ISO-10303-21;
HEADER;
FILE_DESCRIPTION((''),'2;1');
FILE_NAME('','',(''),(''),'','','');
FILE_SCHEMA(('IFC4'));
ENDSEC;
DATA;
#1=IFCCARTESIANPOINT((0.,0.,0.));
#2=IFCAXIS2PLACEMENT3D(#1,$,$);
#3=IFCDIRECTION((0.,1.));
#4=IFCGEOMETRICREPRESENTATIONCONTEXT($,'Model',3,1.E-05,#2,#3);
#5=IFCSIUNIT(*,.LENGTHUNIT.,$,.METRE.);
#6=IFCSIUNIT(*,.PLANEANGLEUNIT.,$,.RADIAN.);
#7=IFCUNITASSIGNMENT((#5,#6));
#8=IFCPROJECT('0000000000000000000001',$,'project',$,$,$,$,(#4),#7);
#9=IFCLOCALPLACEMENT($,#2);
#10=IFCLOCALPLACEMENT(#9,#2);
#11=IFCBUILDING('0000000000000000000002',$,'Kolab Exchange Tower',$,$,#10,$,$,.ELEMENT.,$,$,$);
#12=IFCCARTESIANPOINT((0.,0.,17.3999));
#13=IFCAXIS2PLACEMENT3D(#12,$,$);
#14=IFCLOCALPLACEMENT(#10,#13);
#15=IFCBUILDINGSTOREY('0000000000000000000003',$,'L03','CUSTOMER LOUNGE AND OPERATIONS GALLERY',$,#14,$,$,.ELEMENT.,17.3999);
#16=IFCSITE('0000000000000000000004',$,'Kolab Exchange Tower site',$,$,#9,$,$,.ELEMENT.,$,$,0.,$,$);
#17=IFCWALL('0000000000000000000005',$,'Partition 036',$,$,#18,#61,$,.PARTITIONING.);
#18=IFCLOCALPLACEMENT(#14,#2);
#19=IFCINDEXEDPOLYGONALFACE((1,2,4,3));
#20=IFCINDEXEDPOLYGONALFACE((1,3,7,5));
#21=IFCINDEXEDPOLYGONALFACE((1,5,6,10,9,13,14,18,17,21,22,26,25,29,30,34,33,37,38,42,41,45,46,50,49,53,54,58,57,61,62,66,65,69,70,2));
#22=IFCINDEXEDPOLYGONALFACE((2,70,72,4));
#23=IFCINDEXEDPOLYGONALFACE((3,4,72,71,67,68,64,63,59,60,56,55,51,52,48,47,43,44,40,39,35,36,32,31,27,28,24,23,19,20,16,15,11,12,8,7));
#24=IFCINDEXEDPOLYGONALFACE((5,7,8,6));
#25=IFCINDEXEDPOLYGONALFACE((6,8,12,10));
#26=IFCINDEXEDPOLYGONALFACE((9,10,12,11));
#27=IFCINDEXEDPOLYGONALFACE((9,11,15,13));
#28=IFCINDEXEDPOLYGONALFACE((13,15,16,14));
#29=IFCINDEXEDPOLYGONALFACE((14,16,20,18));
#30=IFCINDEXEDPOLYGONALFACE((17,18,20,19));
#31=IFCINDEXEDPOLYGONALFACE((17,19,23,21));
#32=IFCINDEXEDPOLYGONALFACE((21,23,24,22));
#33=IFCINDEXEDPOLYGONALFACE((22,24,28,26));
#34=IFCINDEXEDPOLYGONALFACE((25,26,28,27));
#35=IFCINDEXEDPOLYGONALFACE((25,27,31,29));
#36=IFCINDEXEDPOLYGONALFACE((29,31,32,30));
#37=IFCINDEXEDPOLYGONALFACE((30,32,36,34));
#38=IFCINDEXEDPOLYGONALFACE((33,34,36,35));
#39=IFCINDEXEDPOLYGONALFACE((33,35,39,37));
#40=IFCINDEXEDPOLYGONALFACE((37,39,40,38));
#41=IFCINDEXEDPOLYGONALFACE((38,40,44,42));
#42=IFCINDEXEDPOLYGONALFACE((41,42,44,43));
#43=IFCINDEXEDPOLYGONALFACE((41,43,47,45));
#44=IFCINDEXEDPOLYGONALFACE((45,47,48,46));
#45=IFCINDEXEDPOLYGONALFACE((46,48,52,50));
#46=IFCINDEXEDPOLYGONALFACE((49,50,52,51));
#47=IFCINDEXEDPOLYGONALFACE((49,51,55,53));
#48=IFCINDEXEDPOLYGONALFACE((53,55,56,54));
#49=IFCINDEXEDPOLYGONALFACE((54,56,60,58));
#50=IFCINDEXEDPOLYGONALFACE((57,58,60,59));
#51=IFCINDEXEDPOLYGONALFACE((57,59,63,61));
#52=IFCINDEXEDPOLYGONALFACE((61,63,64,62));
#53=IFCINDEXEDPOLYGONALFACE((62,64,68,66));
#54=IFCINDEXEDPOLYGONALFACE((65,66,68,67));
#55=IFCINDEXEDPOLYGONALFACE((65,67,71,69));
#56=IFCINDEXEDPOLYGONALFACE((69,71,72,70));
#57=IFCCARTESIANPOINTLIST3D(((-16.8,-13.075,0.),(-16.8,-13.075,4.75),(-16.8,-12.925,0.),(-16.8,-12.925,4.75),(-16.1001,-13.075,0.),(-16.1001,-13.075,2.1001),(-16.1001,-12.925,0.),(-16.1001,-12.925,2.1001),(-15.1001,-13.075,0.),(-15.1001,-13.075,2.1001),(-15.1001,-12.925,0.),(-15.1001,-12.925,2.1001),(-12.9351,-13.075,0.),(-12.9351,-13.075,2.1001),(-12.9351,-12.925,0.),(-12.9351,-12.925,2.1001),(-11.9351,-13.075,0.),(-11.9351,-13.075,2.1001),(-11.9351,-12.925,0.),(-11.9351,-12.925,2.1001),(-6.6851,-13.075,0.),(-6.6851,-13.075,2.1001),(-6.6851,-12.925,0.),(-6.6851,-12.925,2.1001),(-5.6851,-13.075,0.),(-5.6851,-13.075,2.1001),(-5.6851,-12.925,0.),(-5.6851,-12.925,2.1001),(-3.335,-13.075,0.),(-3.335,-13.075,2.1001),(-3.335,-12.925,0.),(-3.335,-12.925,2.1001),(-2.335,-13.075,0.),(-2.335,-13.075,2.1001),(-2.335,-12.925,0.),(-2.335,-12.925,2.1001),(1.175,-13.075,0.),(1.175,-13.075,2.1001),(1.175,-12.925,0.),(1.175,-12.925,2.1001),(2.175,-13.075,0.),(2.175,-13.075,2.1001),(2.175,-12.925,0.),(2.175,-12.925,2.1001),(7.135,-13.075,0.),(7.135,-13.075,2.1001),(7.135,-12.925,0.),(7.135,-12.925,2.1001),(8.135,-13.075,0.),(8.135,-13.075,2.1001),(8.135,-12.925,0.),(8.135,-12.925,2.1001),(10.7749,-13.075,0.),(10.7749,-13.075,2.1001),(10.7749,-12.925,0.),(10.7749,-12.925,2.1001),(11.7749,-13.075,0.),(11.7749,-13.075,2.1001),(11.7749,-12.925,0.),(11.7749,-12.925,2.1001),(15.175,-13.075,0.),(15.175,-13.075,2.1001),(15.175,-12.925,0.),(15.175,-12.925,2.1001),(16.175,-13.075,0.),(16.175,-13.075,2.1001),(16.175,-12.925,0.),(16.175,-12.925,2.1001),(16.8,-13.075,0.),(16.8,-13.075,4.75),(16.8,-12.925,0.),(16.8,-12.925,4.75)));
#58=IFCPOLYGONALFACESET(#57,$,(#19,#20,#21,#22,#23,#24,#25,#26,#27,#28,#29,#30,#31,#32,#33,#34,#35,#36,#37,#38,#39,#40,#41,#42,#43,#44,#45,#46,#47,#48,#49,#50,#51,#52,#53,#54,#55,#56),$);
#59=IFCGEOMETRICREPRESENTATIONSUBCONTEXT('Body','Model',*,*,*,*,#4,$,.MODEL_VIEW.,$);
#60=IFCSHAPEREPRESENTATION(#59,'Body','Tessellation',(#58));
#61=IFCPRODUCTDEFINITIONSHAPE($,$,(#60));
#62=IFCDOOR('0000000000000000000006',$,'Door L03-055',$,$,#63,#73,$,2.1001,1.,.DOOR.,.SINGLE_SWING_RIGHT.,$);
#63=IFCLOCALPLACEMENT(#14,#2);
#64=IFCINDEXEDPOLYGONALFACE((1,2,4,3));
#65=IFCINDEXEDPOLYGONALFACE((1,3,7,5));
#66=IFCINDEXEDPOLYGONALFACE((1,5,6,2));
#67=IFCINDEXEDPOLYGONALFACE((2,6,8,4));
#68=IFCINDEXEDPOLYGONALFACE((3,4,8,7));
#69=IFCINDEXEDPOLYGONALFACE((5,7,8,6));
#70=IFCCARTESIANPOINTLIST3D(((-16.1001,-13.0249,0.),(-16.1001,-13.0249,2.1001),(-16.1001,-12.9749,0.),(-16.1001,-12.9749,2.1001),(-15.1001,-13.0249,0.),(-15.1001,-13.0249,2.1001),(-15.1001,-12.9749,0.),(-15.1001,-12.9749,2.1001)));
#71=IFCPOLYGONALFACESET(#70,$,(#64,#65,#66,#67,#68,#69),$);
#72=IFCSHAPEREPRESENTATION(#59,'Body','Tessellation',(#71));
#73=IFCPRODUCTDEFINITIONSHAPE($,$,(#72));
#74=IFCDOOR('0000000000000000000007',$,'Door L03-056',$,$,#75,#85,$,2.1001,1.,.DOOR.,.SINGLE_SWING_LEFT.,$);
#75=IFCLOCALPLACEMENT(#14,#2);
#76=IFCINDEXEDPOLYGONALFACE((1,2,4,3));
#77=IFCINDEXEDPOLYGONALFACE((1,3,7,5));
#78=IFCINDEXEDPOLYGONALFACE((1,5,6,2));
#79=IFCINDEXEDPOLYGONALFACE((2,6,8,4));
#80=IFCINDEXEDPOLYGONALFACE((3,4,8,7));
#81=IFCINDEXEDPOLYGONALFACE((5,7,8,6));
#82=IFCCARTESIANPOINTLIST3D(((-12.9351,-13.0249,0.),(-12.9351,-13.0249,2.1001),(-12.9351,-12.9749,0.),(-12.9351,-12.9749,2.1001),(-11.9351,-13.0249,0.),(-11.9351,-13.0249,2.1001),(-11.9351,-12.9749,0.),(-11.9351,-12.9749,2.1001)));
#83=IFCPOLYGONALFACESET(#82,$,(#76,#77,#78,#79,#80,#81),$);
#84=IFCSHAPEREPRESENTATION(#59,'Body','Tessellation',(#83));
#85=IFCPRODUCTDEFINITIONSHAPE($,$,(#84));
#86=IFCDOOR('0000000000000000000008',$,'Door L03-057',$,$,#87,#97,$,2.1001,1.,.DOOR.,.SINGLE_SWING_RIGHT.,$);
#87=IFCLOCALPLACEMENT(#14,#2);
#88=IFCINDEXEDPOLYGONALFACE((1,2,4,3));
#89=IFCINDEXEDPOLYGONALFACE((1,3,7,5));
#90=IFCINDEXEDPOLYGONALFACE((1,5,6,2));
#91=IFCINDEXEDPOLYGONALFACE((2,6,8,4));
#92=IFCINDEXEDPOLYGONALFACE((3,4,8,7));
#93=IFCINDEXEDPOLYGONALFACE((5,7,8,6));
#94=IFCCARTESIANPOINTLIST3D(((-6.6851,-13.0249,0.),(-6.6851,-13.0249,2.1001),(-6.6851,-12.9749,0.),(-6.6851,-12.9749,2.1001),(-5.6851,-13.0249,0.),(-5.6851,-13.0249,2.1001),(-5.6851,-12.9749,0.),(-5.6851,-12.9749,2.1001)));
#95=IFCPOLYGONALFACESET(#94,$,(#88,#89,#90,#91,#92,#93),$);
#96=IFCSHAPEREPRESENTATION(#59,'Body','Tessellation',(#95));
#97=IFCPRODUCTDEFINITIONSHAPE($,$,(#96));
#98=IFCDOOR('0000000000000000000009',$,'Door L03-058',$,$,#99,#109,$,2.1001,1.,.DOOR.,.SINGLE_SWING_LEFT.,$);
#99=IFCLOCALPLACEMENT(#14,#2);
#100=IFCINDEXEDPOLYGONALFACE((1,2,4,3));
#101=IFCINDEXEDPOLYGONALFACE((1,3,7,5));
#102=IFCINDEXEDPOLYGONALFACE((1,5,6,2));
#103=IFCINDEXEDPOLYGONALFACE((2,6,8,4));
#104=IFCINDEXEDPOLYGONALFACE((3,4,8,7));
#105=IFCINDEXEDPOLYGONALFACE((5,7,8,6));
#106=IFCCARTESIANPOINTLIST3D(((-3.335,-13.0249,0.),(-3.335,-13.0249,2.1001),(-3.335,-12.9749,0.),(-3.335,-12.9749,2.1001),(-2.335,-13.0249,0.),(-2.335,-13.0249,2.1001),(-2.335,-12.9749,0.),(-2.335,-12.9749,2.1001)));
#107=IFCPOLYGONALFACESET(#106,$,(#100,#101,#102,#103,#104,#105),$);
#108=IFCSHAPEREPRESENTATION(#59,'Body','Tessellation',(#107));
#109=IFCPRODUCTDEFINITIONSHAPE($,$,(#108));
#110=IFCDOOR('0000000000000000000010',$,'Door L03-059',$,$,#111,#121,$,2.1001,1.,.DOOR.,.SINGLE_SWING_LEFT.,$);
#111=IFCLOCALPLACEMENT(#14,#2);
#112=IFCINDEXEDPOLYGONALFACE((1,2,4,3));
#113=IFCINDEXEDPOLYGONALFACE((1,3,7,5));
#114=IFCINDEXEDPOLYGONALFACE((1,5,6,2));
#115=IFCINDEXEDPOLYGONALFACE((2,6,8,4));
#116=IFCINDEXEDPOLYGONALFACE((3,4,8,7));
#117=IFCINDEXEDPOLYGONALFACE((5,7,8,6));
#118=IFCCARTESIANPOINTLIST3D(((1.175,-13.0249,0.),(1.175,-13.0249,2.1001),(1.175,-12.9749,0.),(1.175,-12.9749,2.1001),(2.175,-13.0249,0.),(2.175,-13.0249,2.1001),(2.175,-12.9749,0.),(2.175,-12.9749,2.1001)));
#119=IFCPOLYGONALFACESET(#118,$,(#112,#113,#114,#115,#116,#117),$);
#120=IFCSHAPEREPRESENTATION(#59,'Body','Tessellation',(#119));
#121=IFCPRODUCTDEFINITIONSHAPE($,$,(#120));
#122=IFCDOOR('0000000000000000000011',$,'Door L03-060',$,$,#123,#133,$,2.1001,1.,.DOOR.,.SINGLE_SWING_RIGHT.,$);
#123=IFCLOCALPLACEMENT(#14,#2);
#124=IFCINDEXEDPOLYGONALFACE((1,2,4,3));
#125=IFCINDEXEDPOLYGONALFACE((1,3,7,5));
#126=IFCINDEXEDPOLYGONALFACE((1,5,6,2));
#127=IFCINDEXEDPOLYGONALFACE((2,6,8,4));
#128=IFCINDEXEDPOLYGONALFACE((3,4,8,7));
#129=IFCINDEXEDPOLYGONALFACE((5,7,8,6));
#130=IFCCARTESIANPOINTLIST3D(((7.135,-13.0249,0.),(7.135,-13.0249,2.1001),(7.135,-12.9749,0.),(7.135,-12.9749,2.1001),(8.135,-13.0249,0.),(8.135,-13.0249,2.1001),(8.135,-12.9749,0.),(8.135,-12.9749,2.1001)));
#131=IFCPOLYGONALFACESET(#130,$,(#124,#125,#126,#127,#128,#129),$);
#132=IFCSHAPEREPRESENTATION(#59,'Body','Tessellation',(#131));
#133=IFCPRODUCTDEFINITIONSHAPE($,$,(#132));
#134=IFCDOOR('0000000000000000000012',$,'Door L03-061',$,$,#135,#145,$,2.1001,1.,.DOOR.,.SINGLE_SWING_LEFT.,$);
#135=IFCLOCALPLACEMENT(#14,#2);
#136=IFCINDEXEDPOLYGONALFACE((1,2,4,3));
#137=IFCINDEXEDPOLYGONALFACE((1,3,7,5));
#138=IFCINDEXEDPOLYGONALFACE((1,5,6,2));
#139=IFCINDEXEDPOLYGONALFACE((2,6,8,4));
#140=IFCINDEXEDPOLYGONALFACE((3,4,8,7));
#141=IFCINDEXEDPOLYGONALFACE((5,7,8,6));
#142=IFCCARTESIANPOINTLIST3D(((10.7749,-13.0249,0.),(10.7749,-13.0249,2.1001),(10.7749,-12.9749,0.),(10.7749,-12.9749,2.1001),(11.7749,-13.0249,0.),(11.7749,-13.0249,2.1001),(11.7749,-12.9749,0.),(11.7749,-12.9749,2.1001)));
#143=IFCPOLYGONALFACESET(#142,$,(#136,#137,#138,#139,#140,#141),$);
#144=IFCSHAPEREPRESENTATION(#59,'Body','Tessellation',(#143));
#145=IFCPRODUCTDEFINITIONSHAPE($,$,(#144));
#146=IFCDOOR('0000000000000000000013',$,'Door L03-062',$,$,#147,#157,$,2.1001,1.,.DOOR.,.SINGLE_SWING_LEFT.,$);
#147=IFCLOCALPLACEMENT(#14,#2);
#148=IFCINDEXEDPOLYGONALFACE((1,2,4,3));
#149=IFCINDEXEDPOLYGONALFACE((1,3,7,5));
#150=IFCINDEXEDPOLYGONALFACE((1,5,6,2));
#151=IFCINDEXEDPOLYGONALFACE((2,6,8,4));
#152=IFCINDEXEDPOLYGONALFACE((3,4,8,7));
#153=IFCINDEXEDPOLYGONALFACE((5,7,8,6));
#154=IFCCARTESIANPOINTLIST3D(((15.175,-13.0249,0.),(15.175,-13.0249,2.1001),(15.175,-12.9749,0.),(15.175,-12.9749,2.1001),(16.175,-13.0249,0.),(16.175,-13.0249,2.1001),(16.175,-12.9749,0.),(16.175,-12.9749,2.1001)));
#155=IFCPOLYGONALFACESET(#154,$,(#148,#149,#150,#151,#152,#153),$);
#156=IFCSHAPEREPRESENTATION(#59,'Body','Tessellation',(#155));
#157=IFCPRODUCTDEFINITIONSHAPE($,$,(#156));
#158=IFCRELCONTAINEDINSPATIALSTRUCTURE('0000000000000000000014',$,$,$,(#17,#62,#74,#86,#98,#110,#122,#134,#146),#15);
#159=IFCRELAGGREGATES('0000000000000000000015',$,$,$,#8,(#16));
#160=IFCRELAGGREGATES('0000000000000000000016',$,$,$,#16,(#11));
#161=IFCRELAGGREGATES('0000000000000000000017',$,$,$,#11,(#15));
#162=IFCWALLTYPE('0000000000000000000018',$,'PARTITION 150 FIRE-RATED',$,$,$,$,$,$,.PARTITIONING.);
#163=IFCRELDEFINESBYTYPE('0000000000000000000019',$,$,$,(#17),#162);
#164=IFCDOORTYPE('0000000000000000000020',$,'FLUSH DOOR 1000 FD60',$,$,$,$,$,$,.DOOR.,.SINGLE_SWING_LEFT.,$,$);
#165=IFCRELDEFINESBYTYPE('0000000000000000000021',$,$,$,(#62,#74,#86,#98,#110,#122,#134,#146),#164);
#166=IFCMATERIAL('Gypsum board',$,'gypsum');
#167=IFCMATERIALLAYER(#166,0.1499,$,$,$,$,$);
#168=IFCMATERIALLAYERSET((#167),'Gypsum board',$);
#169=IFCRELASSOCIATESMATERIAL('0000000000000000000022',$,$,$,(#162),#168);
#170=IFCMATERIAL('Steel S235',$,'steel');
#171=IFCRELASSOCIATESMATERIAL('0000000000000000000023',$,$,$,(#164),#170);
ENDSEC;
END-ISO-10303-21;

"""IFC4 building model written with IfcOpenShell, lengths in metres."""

from ifc_helpers import new_model, si_unit, direction, frame, frame_2d, origin, place, context, subcontext, project, spatial, rectangle, extrude, material, layer, layer_set, type_object, element, fill, save


model = new_model("IFC4")

# Units and contexts
model_context = context("Model", 3, precision=1e-05, world=origin(), true_north=direction((0.0, 1.0)))
body_context = subcontext(model_context, "Body", "Model", "MODEL_VIEW")
ifc_project = project(units=[si_unit("LENGTHUNIT", "METRE"), si_unit("PLANEANGLEUNIT", "RADIAN")], contexts=[model_context])

# Site, building, storey
site_placement = place(None, origin())
site = spatial("IfcSite", under=ifc_project, at=site_placement, Name="Kolab Exchange Tower site", CompositionType="ELEMENT", RefElevation=0.0)
building_placement = place(site_placement, origin())
building = spatial("IfcBuilding", under=site, at=building_placement, Name="Kolab Exchange Tower", CompositionType="ELEMENT")
storey_placement = place(building_placement, frame((0.0, 0.0, 17.3999)))
storey = spatial("IfcBuildingStorey", under=building, at=storey_placement, Name="L03", Description="CUSTOMER LOUNGE AND OPERATIONS GALLERY", CompositionType="ELEMENT", Elevation=17.3999)

# Shared definitions
ifc_material_1 = material(Name="Gypsum board", Category="gypsum")

# Wall, openings, doors
ifc_layer_1 = layer(ifc_material_1, 0.1499)
ifc_layer_set_1 = layer_set([ifc_layer_1], Name="Gypsum board")
wall_type_1 = type_object("IfcWallType", Name="PARTITION 150 FIRE-RATED", PredefinedType="PARTITIONING", material=ifc_layer_set_1)
ifc_material_2 = material(Name="Steel S235", Category="steel")
door_type_1 = type_object("IfcDoorType", Name="FLUSH DOOR 1000 FD60", OperationType="SINGLE_SWING_LEFT", PredefinedType="DOOR", material=ifc_material_2)
wall_1_placement = place(storey_placement, frame((-16.8, -13.0, 0.0), z_axis=(0.0, 0.0, 1.0), x_axis=(1.0, 0.0, 0.0)))
wall_1 = element("IfcWall", 1, at=wall_1_placement, inside=storey, type_object=wall_type_1, Name="Partition 036", PredefinedType="PARTITIONING", context=body_context, shape_type="SweptSolid", body=[
    extrude(rectangle(XDim=33.6001, YDim=0.1499, at=frame_2d((16.8, 0.0))), origin(), (0.0, 0.0, 1.0), 4.75),
])
opening_1_placement = place(wall_1_placement, frame((0.7, 0.0, 0.0)))
opening_1 = element("IfcOpeningElement", 2, at=opening_1_placement, cuts=wall_1, PredefinedType="OPENING", context=body_context, shape_type="SweptSolid", body=[
    extrude(rectangle(XDim=1.0, YDim=2.1001, at=frame_2d((0.5, 1.05))), frame((0.0, 0.085, 0.0), z_axis=(0.0, -1.0, 0.0), x_axis=(1.0, 0.0, 0.0)), (0.0, 0.0, 1.0), 0.1699),
])
opening_2_placement = place(wall_1_placement, frame((3.865, 0.0, 0.0)))
opening_2 = element("IfcOpeningElement", 3, at=opening_2_placement, cuts=wall_1, PredefinedType="OPENING", context=body_context, shape_type="SweptSolid", body=[
    extrude(rectangle(XDim=1.0, YDim=2.1001, at=frame_2d((0.5, 1.05))), frame((0.0, 0.085, 0.0), z_axis=(0.0, -1.0, 0.0), x_axis=(1.0, 0.0, 0.0)), (0.0, 0.0, 1.0), 0.1699),
])
opening_3_placement = place(wall_1_placement, frame((10.115, 0.0, 0.0)))
opening_3 = element("IfcOpeningElement", 4, at=opening_3_placement, cuts=wall_1, PredefinedType="OPENING", context=body_context, shape_type="SweptSolid", body=[
    extrude(rectangle(XDim=1.0, YDim=2.1001, at=frame_2d((0.5, 1.05))), frame((0.0, 0.085, 0.0), z_axis=(0.0, -1.0, 0.0), x_axis=(1.0, 0.0, 0.0)), (0.0, 0.0, 1.0), 0.1699),
])
opening_4_placement = place(wall_1_placement, frame((13.4651, 0.0, 0.0)))
opening_4 = element("IfcOpeningElement", 5, at=opening_4_placement, cuts=wall_1, PredefinedType="OPENING", context=body_context, shape_type="SweptSolid", body=[
    extrude(rectangle(XDim=1.0, YDim=2.1001, at=frame_2d((0.5, 1.05))), frame((0.0, 0.085, 0.0), z_axis=(0.0, -1.0, 0.0), x_axis=(1.0, 0.0, 0.0)), (0.0, 0.0, 1.0), 0.1699),
])
opening_5_placement = place(wall_1_placement, frame((17.9751, 0.0, 0.0)))
opening_5 = element("IfcOpeningElement", 6, at=opening_5_placement, cuts=wall_1, PredefinedType="OPENING", context=body_context, shape_type="SweptSolid", body=[
    extrude(rectangle(XDim=1.0, YDim=2.1001, at=frame_2d((0.5, 1.05))), frame((0.0, 0.085, 0.0), z_axis=(0.0, -1.0, 0.0), x_axis=(1.0, 0.0, 0.0)), (0.0, 0.0, 1.0), 0.1699),
])
opening_6_placement = place(wall_1_placement, frame((23.9351, 0.0, 0.0)))
opening_6 = element("IfcOpeningElement", 7, at=opening_6_placement, cuts=wall_1, PredefinedType="OPENING", context=body_context, shape_type="SweptSolid", body=[
    extrude(rectangle(XDim=1.0, YDim=2.1001, at=frame_2d((0.5, 1.05))), frame((0.0, 0.085, 0.0), z_axis=(0.0, -1.0, 0.0), x_axis=(1.0, 0.0, 0.0)), (0.0, 0.0, 1.0), 0.1699),
])
opening_7_placement = place(wall_1_placement, frame((27.575, 0.0, 0.0)))
opening_7 = element("IfcOpeningElement", 8, at=opening_7_placement, cuts=wall_1, PredefinedType="OPENING", context=body_context, shape_type="SweptSolid", body=[
    extrude(rectangle(XDim=1.0, YDim=2.1001, at=frame_2d((0.5, 1.05))), frame((0.0, 0.085, 0.0), z_axis=(0.0, -1.0, 0.0), x_axis=(1.0, 0.0, 0.0)), (0.0, 0.0, 1.0), 0.1699),
])
opening_8_placement = place(wall_1_placement, frame((31.9751, 0.0, 0.0)))
opening_8 = element("IfcOpeningElement", 9, at=opening_8_placement, cuts=wall_1, PredefinedType="OPENING", context=body_context, shape_type="SweptSolid", body=[
    extrude(rectangle(XDim=1.0, YDim=2.1001, at=frame_2d((0.5, 1.05))), frame((0.0, 0.085, 0.0), z_axis=(0.0, -1.0, 0.0), x_axis=(1.0, 0.0, 0.0)), (0.0, 0.0, 1.0), 0.1699),
])
door_1_placement = place(opening_1_placement, frame((1.0, 0.0, 0.0), z_axis=(0.0, 0.0, 1.0), x_axis=(-1.0, 0.0, 0.0)))
door_1 = element("IfcDoor", 10, at=door_1_placement, inside=storey, type_object=door_type_1, Name="Door L03-055", OperationType="SINGLE_SWING_RIGHT", OverallHeight=2.1001, OverallWidth=1.0, PredefinedType="DOOR", context=body_context, shape_type="SweptSolid", body=[
    extrude(rectangle(XDim=1.0, YDim=2.1001, at=frame_2d((0.5, 1.05))), frame((0.0, 0.0249, 0.0), z_axis=(0.0, -1.0, 0.0), x_axis=(1.0, 0.0, 0.0)), (0.0, 0.0, 1.0), 0.05),
])
fill(opening_1, door_1)
door_2_placement = place(opening_2_placement, frame((1.0, 0.0, 0.0), z_axis=(0.0, 0.0, 1.0), x_axis=(-1.0, 0.0, 0.0)))
door_2 = element("IfcDoor", 11, at=door_2_placement, inside=storey, type_object=door_type_1, Name="Door L03-056", OperationType="SINGLE_SWING_LEFT", OverallHeight=2.1001, OverallWidth=1.0, PredefinedType="DOOR", context=body_context, shape_type="SweptSolid", body=[
    extrude(rectangle(XDim=1.0, YDim=2.1001, at=frame_2d((0.5, 1.05))), frame((0.0, 0.0249, 0.0), z_axis=(0.0, -1.0, 0.0), x_axis=(1.0, 0.0, 0.0)), (0.0, 0.0, 1.0), 0.05),
])
fill(opening_2, door_2)
door_3_placement = place(opening_3_placement, frame((1.0, 0.0, 0.0), z_axis=(0.0, 0.0, 1.0), x_axis=(-1.0, 0.0, 0.0)))
door_3 = element("IfcDoor", 12, at=door_3_placement, inside=storey, type_object=door_type_1, Name="Door L03-057", OperationType="SINGLE_SWING_RIGHT", OverallHeight=2.1001, OverallWidth=1.0, PredefinedType="DOOR", context=body_context, shape_type="SweptSolid", body=[
    extrude(rectangle(XDim=1.0, YDim=2.1001, at=frame_2d((0.5, 1.05))), frame((0.0, 0.0249, 0.0), z_axis=(0.0, -1.0, 0.0), x_axis=(1.0, 0.0, 0.0)), (0.0, 0.0, 1.0), 0.05),
])
fill(opening_3, door_3)
door_4_placement = place(opening_4_placement, frame((1.0, 0.0, 0.0), z_axis=(0.0, 0.0, 1.0), x_axis=(-1.0, 0.0, 0.0)))
door_4 = element("IfcDoor", 13, at=door_4_placement, inside=storey, type_object=door_type_1, Name="Door L03-058", OperationType="SINGLE_SWING_LEFT", OverallHeight=2.1001, OverallWidth=1.0, PredefinedType="DOOR", context=body_context, shape_type="SweptSolid", body=[
    extrude(rectangle(XDim=1.0, YDim=2.1001, at=frame_2d((0.5, 1.05))), frame((0.0, 0.0249, 0.0), z_axis=(0.0, -1.0, 0.0), x_axis=(1.0, 0.0, 0.0)), (0.0, 0.0, 1.0), 0.05),
])
fill(opening_4, door_4)
door_5_placement = place(opening_5_placement, frame((1.0, 0.0, 0.0), z_axis=(0.0, 0.0, 1.0), x_axis=(-1.0, 0.0, 0.0)))
door_5 = element("IfcDoor", 14, at=door_5_placement, inside=storey, type_object=door_type_1, Name="Door L03-059", OperationType="SINGLE_SWING_LEFT", OverallHeight=2.1001, OverallWidth=1.0, PredefinedType="DOOR", context=body_context, shape_type="SweptSolid", body=[
    extrude(rectangle(XDim=1.0, YDim=2.1001, at=frame_2d((0.5, 1.05))), frame((0.0, 0.0249, 0.0), z_axis=(0.0, -1.0, 0.0), x_axis=(1.0, 0.0, 0.0)), (0.0, 0.0, 1.0), 0.05),
])
fill(opening_5, door_5)
door_6_placement = place(opening_6_placement, frame((1.0, 0.0, 0.0), z_axis=(0.0, 0.0, 1.0), x_axis=(-1.0, 0.0, 0.0)))
door_6 = element("IfcDoor", 15, at=door_6_placement, inside=storey, type_object=door_type_1, Name="Door L03-060", OperationType="SINGLE_SWING_RIGHT", OverallHeight=2.1001, OverallWidth=1.0, PredefinedType="DOOR", context=body_context, shape_type="SweptSolid", body=[
    extrude(rectangle(XDim=1.0, YDim=2.1001, at=frame_2d((0.5, 1.05))), frame((0.0, 0.0249, 0.0), z_axis=(0.0, -1.0, 0.0), x_axis=(1.0, 0.0, 0.0)), (0.0, 0.0, 1.0), 0.05),
])
fill(opening_6, door_6)
door_7_placement = place(opening_7_placement, frame((1.0, 0.0, 0.0), z_axis=(0.0, 0.0, 1.0), x_axis=(-1.0, 0.0, 0.0)))
door_7 = element("IfcDoor", 16, at=door_7_placement, inside=storey, type_object=door_type_1, Name="Door L03-061", OperationType="SINGLE_SWING_LEFT", OverallHeight=2.1001, OverallWidth=1.0, PredefinedType="DOOR", context=body_context, shape_type="SweptSolid", body=[
    extrude(rectangle(XDim=1.0, YDim=2.1001, at=frame_2d((0.5, 1.05))), frame((0.0, 0.0249, 0.0), z_axis=(0.0, -1.0, 0.0), x_axis=(1.0, 0.0, 0.0)), (0.0, 0.0, 1.0), 0.05),
])
fill(opening_7, door_7)
door_8_placement = place(opening_8_placement, frame((1.0, 0.0, 0.0), z_axis=(0.0, 0.0, 1.0), x_axis=(-1.0, 0.0, 0.0)))
door_8 = element("IfcDoor", 17, at=door_8_placement, inside=storey, type_object=door_type_1, Name="Door L03-062", OperationType="SINGLE_SWING_LEFT", OverallHeight=2.1001, OverallWidth=1.0, PredefinedType="DOOR", context=body_context, shape_type="SweptSolid", body=[
    extrude(rectangle(XDim=1.0, YDim=2.1001, at=frame_2d((0.5, 1.05))), frame((0.0, 0.0249, 0.0), z_axis=(0.0, -1.0, 0.0), x_axis=(1.0, 0.0, 0.0)), (0.0, 0.0, 1.0), 0.05),
])
fill(opening_8, door_8)

save(model, "model.ifc")
